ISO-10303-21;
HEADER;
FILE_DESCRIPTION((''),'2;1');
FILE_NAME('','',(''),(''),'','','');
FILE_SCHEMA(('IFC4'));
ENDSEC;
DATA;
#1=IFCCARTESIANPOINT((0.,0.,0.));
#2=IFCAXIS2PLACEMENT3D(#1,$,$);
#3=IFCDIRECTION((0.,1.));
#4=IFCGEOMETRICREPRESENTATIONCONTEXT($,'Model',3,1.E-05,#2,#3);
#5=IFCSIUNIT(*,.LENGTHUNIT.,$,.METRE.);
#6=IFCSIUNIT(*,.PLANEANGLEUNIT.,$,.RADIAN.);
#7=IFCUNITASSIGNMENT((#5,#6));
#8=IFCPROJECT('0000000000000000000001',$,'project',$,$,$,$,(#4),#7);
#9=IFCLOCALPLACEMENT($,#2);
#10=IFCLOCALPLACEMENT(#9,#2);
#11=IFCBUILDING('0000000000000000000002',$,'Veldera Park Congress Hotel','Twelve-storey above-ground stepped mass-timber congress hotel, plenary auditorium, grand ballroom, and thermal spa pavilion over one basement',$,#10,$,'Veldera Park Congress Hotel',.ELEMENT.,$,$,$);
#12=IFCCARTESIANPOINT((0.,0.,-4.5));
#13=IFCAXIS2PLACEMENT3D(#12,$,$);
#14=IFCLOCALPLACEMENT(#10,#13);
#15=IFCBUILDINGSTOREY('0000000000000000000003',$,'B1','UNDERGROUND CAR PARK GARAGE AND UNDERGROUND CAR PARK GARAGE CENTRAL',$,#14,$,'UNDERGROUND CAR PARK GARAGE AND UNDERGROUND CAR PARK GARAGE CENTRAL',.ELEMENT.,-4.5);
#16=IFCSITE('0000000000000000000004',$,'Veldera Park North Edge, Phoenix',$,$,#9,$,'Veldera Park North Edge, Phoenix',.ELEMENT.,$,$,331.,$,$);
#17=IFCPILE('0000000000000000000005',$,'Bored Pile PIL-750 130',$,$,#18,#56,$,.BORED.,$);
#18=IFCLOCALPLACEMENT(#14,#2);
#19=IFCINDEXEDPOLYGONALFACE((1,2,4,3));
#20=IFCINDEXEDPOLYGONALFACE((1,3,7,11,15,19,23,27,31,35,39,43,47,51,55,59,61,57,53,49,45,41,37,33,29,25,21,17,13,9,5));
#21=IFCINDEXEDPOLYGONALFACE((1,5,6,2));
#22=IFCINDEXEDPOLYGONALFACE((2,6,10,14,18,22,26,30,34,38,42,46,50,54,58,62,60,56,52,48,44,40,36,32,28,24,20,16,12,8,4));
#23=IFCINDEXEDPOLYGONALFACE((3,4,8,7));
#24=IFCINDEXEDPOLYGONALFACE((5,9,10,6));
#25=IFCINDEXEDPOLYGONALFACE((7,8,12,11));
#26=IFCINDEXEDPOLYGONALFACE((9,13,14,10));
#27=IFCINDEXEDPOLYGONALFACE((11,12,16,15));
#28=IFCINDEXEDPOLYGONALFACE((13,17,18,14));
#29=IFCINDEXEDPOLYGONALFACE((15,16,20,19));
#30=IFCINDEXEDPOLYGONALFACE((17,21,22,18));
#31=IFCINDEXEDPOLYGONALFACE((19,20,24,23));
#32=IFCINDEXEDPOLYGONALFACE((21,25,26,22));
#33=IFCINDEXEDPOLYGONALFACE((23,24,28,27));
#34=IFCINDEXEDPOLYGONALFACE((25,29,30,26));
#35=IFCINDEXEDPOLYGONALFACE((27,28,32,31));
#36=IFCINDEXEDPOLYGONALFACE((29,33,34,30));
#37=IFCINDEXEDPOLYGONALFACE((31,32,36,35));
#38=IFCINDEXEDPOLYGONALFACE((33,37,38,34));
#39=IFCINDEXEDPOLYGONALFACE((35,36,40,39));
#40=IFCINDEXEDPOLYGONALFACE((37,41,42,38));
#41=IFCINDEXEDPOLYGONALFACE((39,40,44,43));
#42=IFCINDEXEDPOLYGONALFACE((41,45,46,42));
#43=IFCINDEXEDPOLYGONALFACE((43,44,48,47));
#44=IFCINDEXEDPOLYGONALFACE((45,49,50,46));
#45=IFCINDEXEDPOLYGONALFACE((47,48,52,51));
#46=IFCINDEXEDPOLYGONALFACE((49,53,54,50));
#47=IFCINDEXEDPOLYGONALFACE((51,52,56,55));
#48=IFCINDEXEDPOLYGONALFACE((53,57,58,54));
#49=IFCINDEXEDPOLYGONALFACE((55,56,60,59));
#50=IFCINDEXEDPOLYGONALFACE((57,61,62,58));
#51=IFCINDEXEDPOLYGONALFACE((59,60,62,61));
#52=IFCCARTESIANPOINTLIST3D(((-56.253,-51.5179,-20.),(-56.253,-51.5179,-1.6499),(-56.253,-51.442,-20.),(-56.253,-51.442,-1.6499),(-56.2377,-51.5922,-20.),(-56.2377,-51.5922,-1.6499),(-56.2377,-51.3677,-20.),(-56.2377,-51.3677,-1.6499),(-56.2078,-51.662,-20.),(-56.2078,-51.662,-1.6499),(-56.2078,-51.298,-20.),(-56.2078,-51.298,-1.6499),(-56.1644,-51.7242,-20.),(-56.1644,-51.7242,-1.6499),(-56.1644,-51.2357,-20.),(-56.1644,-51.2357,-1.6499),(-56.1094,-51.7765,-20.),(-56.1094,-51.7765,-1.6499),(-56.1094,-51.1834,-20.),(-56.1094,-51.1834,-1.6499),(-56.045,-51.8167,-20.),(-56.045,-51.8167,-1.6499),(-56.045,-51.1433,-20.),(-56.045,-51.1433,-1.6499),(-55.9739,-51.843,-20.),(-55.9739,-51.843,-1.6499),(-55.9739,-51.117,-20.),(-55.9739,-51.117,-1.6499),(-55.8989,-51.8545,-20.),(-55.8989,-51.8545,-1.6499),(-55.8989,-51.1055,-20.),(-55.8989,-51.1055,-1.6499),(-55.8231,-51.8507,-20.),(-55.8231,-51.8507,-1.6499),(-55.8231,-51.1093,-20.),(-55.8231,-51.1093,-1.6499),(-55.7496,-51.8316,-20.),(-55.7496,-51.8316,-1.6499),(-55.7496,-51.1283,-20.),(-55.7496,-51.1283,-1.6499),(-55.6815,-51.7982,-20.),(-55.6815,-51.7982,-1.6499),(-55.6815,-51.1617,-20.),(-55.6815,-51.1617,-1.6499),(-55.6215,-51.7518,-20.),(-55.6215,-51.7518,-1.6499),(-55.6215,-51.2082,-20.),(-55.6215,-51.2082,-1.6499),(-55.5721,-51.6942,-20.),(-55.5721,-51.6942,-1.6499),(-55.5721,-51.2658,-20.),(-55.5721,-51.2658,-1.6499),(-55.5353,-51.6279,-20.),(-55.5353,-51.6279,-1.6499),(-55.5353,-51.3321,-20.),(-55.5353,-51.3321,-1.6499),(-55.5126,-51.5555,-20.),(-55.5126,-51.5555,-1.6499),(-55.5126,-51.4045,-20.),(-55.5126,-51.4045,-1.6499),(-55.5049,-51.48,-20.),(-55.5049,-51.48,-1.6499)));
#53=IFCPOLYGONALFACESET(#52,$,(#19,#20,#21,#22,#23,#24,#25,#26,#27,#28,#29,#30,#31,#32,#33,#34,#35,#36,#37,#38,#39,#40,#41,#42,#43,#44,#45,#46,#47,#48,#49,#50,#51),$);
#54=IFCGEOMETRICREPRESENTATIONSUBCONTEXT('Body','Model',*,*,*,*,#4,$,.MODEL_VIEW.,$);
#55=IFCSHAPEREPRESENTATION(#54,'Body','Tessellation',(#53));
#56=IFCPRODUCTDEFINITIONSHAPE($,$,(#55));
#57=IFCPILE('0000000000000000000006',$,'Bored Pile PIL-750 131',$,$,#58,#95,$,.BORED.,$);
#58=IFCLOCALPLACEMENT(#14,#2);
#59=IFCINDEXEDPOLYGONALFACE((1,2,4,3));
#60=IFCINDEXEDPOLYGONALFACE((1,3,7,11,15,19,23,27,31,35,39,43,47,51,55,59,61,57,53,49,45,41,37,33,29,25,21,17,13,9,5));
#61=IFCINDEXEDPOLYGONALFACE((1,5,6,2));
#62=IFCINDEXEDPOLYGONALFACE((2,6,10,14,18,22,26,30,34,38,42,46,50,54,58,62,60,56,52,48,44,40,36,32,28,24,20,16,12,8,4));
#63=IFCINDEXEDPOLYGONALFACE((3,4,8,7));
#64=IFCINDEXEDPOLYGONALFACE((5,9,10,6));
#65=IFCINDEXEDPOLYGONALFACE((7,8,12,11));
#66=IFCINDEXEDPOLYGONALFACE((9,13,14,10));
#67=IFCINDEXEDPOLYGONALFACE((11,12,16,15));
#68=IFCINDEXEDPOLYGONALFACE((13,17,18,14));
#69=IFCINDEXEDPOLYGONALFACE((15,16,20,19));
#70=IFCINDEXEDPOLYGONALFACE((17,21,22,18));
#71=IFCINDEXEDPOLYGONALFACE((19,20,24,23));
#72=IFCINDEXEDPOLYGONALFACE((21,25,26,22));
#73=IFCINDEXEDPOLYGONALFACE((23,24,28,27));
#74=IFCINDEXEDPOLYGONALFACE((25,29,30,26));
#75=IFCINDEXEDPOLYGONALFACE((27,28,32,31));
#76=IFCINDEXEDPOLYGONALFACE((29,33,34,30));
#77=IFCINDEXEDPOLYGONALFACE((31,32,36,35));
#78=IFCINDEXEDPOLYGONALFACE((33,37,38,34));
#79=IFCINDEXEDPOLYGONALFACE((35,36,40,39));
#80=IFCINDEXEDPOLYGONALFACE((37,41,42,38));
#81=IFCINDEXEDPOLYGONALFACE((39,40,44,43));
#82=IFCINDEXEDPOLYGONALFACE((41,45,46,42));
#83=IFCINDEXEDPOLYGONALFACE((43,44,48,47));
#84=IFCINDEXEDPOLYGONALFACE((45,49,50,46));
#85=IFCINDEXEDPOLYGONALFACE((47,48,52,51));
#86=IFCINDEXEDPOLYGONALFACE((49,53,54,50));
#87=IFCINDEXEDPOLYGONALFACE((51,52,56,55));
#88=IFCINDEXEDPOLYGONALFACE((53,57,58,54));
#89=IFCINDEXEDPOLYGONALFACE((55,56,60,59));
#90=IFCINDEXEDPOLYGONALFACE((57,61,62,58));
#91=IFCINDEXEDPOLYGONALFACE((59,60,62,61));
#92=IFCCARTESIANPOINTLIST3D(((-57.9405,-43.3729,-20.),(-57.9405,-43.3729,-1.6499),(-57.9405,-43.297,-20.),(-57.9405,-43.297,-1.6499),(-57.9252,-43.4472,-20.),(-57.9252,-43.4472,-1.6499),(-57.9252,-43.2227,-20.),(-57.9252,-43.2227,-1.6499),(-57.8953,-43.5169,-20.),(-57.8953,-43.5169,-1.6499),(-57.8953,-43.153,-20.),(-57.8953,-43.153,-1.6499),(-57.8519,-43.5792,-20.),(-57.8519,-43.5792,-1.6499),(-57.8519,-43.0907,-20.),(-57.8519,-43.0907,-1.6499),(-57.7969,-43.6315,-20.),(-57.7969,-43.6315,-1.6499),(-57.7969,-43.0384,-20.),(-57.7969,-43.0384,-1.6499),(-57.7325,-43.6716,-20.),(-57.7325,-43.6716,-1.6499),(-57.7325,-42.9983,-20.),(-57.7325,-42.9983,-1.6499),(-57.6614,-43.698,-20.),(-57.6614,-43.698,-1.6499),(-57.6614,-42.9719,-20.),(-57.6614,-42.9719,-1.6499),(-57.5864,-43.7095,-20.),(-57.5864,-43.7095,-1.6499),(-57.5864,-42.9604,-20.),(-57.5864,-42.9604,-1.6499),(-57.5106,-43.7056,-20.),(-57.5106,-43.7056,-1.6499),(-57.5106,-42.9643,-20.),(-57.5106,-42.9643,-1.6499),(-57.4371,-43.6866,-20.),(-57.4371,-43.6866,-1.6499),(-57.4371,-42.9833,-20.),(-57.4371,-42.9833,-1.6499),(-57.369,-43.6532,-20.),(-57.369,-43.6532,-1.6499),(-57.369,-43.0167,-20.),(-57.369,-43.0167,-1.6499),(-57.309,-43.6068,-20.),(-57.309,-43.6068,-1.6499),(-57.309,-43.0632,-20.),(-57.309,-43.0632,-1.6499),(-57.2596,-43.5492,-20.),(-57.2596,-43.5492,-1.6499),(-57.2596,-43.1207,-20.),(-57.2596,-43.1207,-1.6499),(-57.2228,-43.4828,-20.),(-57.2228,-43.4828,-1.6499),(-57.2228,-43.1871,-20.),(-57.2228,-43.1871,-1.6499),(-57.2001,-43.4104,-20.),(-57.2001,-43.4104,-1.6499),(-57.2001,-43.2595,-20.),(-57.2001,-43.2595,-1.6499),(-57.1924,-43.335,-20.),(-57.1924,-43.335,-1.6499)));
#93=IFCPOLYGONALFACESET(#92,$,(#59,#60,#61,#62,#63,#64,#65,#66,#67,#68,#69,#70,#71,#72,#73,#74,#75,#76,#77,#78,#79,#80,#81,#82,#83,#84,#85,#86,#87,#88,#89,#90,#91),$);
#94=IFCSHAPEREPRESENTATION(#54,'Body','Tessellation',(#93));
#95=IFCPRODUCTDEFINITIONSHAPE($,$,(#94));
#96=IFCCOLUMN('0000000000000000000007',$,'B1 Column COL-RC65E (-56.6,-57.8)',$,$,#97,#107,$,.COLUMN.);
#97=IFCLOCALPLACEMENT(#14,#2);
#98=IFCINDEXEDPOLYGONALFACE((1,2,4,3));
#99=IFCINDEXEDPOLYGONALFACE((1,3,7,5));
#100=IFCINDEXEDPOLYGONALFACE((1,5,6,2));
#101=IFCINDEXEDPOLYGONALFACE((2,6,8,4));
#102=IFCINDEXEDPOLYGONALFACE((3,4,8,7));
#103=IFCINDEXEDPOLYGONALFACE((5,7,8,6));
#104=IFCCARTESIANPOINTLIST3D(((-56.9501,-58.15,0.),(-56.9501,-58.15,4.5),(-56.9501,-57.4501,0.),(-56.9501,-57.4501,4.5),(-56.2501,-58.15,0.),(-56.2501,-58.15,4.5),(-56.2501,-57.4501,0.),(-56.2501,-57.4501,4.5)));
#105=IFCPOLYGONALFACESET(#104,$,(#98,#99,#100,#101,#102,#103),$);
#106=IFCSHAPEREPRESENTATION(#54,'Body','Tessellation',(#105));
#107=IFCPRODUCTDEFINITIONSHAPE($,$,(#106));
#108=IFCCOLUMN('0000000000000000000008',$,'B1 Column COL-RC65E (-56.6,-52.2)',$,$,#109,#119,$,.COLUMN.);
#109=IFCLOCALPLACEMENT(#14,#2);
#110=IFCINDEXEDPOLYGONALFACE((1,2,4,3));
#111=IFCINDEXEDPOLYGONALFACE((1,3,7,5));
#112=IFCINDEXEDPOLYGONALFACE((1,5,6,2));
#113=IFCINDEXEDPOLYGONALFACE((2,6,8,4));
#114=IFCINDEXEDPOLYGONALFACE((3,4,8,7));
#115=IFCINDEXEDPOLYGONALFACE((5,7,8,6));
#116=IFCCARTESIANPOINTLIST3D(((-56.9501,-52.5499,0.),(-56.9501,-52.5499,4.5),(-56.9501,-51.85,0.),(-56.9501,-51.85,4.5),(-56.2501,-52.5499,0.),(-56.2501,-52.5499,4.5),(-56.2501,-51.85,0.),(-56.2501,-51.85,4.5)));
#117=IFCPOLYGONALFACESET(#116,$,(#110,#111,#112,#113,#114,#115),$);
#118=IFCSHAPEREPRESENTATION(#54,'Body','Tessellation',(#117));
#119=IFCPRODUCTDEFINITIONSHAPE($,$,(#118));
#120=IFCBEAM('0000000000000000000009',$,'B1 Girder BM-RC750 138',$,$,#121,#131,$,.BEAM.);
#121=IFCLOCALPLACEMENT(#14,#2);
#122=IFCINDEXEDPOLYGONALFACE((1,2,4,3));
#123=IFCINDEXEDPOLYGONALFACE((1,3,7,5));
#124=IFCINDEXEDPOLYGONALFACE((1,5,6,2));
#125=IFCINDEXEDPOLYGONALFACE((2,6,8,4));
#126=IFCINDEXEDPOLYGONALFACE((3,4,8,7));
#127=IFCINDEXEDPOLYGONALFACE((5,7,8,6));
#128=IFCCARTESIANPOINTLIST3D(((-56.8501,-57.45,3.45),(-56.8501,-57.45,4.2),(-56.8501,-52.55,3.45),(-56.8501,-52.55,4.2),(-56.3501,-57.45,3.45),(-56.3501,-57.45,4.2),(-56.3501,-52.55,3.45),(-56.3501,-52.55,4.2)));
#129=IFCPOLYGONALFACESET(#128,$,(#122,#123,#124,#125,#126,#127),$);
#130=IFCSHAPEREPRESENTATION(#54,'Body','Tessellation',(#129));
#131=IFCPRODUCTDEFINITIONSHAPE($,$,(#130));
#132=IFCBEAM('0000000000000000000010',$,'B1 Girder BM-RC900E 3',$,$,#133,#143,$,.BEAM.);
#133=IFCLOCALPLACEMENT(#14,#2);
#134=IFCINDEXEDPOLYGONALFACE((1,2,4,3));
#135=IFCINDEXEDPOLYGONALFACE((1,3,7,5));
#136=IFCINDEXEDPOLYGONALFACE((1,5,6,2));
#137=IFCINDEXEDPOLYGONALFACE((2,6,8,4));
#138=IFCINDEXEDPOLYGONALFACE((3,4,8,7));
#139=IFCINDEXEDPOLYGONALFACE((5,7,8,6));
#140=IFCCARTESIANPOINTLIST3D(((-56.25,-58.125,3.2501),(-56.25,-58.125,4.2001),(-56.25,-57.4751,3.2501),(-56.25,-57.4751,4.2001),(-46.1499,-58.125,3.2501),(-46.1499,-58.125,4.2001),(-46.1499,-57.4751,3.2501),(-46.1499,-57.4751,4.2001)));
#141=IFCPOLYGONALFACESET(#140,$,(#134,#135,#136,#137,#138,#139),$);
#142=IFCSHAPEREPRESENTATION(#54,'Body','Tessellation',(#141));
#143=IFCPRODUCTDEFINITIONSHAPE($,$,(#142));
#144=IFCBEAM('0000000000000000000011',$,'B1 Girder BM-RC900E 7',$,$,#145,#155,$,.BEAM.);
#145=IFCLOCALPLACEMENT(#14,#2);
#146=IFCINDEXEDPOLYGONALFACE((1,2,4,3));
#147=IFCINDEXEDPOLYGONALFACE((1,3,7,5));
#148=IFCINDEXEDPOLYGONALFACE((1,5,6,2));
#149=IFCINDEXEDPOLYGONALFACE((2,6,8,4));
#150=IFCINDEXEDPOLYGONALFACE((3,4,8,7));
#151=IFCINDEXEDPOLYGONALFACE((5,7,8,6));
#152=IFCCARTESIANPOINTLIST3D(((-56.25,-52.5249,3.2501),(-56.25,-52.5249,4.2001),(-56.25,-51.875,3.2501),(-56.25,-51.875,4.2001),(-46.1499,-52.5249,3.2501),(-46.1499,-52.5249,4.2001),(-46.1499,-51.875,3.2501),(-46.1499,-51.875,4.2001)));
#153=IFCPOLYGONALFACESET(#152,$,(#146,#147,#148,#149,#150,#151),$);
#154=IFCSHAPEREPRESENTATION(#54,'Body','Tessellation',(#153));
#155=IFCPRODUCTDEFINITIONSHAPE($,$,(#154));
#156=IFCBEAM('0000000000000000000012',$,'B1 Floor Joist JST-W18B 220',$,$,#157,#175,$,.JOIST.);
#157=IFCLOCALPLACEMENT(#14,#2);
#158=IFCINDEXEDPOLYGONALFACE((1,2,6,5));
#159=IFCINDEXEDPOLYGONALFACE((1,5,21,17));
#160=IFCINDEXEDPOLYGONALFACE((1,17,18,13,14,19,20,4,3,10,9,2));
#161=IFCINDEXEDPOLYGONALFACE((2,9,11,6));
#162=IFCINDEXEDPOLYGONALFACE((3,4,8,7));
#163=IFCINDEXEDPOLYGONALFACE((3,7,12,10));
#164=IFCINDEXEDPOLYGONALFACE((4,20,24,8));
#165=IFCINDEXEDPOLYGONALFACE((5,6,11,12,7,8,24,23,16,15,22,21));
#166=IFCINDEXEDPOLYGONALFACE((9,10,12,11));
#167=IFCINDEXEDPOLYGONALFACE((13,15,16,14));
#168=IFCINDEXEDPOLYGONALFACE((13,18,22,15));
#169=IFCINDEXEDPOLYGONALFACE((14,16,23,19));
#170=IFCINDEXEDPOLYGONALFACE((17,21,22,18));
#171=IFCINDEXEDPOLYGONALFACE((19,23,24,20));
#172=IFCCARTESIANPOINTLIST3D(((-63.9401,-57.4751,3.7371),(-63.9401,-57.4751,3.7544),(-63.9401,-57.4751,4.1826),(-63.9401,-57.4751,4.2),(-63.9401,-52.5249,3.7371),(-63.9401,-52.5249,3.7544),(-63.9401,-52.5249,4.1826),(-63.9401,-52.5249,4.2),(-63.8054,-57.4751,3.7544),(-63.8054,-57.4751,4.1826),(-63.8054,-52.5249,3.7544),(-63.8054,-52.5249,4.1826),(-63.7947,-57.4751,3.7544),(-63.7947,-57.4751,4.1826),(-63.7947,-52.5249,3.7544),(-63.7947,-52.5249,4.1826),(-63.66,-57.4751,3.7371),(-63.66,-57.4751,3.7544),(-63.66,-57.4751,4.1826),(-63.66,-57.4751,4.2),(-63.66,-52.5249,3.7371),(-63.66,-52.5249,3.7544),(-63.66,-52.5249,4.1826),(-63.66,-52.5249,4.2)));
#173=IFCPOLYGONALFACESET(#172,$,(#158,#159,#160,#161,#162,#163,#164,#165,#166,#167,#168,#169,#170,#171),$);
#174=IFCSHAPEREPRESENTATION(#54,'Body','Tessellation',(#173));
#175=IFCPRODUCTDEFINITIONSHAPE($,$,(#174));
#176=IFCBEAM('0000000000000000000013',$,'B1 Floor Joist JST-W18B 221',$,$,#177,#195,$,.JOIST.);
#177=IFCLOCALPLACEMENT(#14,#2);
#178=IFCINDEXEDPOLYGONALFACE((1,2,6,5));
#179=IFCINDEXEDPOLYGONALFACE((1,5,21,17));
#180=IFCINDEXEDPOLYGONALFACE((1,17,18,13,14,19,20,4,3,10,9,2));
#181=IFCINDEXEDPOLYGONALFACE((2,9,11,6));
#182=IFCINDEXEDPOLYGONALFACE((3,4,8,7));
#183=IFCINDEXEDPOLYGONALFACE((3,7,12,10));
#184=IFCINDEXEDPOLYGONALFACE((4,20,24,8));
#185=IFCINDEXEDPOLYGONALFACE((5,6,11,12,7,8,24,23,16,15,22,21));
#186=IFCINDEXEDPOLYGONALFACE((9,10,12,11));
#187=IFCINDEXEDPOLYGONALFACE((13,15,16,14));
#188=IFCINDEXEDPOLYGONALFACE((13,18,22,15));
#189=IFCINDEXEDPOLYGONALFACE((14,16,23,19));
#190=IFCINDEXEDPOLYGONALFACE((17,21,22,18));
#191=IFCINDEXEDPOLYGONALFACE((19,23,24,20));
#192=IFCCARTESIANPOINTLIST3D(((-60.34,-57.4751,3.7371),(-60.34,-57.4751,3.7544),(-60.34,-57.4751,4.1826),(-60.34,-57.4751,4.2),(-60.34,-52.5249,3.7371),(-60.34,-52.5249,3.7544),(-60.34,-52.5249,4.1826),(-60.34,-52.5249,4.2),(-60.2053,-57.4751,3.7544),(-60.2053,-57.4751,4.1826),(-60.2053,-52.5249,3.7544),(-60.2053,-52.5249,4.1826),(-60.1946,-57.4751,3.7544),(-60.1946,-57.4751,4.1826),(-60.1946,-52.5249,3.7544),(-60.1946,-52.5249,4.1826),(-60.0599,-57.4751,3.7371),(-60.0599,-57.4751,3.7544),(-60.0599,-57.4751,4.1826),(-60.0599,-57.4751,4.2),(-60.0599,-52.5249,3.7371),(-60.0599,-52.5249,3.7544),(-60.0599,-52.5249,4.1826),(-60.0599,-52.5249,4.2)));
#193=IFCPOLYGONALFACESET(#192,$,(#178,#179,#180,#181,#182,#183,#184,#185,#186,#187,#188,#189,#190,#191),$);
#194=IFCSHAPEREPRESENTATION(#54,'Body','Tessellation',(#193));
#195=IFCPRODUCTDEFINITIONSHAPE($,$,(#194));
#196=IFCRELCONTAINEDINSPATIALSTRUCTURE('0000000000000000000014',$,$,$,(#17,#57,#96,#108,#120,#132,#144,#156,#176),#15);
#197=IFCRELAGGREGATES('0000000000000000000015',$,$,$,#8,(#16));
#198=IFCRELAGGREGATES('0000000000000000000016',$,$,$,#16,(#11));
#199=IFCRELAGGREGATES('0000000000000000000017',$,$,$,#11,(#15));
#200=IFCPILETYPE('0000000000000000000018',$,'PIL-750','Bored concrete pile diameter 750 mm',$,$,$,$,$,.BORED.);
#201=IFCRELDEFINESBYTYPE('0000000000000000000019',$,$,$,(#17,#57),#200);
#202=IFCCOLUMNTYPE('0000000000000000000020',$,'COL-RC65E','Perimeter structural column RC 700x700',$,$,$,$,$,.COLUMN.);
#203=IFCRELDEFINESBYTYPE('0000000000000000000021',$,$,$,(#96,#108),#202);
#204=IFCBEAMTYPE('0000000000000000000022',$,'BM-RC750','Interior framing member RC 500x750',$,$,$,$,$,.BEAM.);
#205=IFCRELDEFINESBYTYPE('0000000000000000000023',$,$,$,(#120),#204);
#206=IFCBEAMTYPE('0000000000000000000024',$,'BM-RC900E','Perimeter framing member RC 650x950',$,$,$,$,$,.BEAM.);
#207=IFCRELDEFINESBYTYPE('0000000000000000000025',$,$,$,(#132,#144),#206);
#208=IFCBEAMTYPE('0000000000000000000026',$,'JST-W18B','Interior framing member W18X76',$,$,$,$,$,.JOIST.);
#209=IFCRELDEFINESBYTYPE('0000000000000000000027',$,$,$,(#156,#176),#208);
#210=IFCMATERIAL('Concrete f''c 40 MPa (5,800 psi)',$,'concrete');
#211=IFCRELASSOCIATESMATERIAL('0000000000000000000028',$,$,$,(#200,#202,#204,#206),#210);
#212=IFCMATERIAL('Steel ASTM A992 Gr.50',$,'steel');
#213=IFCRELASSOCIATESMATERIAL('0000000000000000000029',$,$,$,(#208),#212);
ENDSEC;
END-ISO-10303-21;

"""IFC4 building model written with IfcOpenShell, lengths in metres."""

from ifc_helpers import new_model, si_unit, direction, frame, origin, origin_2d, place, context, subcontext, project, spatial, rectangle, circle, i_section, extrude, material, material_profile, profile_set, type_object, element, save


model = new_model("IFC4")

# Units and contexts
model_context = context("Model", 3, precision=1e-05, world=origin(), true_north=direction((0.0, 1.0)))
body_context = subcontext(model_context, "Body", "Model", "MODEL_VIEW")
ifc_project = project(units=[si_unit("LENGTHUNIT", "METRE"), si_unit("PLANEANGLEUNIT", "RADIAN")], contexts=[model_context])

# Site, building, storey
site_placement = place(None, origin())
site = spatial("IfcSite", under=ifc_project, at=site_placement, Name="Veldera Park North Edge, Phoenix", LongName="Veldera Park North Edge, Phoenix", CompositionType="ELEMENT", RefElevation=331.0)
building_placement = place(site_placement, origin())
building = spatial("IfcBuilding", under=site, at=building_placement, Name="Veldera Park Congress Hotel", Description="Twelve-storey above-ground stepped mass-timber congress hotel, plenary auditorium, grand ballroom, and thermal spa pavilion over one basement", LongName="Veldera Park Congress Hotel", CompositionType="ELEMENT")
storey_placement = place(building_placement, frame((0.0, 0.0, -4.5)))
storey = spatial("IfcBuildingStorey", under=building, at=storey_placement, Name="B1", Description="UNDERGROUND CAR PARK GARAGE AND UNDERGROUND CAR PARK GARAGE CENTRAL", LongName="UNDERGROUND CAR PARK GARAGE AND UNDERGROUND CAR PARK GARAGE CENTRAL", CompositionType="ELEMENT", Elevation=-4.5)

# Shared definitions
ifc_material_1 = material(Name="Concrete f'c 40 MPa (5,800 psi)", Category="concrete")

# Piles
ifc_material_profile_1 = material_profile(ifc_material_1, circle(Radius=0.375, at=origin_2d()), Name="PILE D750")
ifc_profile_set_1 = profile_set([ifc_material_profile_1], Name="Concrete f'c 40 MPa (5,800 psi)")
pile_type = type_object("IfcPileType", Name="PIL-750", Description="Bored concrete pile diameter 750 mm", PredefinedType="BORED", material=ifc_profile_set_1)
for number, where, z_axis, x_axis, name in (
    (1, (-55.8799, -51.48, -1.6499), (0.0, 0.0, -1.0), (1.0, 0.0, 0.0), "Bored Pile PIL-750 130"),
    (2, (-57.5674, -43.335, -1.6499), (0.0, 0.0, -1.0), (1.0, 0.0, 0.0), "Bored Pile PIL-750 131"),
):
    element("IfcPile", number, at=place(storey_placement, frame(where, z_axis=z_axis, x_axis=x_axis)), inside=storey, type_object=pile_type, Name=name, PredefinedType="BORED", context=body_context, shape_type="SweptSolid", body=[
        extrude(circle(Radius=0.375, at=origin_2d()), origin(), (0.0, 0.0, 1.0), 18.3501),
    ])

# Columns
ifc_material_profile_2 = material_profile(ifc_material_1, rectangle(XDim=0.7, YDim=0.7, at=origin_2d()), Name="RC 700x700")
ifc_profile_set_2 = profile_set([ifc_material_profile_2], Name="Concrete f'c 40 MPa (5,800 psi)")
column_type = type_object("IfcColumnType", Name="COL-RC65E", Description="Perimeter structural column RC 700x700", PredefinedType="COLUMN", material=ifc_profile_set_2)
for number, where, z_axis, x_axis, name in (
    (3, (-56.6001, -57.8, 0.0), (0.0, 0.0, 1.0), (1.0, 0.0, 0.0), "B1 Column COL-RC65E (-56.6,-57.8)"),
    (4, (-56.6001, -52.2, 0.0), (0.0, 0.0, 1.0), (1.0, 0.0, 0.0), "B1 Column COL-RC65E (-56.6,-52.2)"),
):
    element("IfcColumn", number, at=place(storey_placement, frame(where, z_axis=z_axis, x_axis=x_axis)), inside=storey, type_object=column_type, Name=name, PredefinedType="COLUMN", context=body_context, shape_type="SweptSolid", body=[
        extrude(rectangle(XDim=0.7, YDim=0.7, at=origin_2d()), origin(), (0.0, 0.0, 1.0), 4.5),
    ])

# Beams
ifc_material_profile_3 = material_profile(ifc_material_1, rectangle(XDim=0.5, YDim=0.75, at=origin_2d()), Name="RC 500x750")
ifc_profile_set_3 = profile_set([ifc_material_profile_3], Name="Concrete f'c 40 MPa (5,800 psi)")
beam_type_1 = type_object("IfcBeamType", Name="BM-RC750", Description="Interior framing member RC 500x750", PredefinedType="BEAM", material=ifc_profile_set_3)
beam_placement = place(storey_placement, frame((-56.6001, -57.45, 3.825), z_axis=(0.0, 1.0, 0.0), x_axis=(-1.0, 0.0, 0.0)))
element("IfcBeam", 5, at=beam_placement, inside=storey, type_object=beam_type_1, Name="B1 Girder BM-RC750 138", PredefinedType="BEAM", context=body_context, shape_type="SweptSolid", body=[
    extrude(rectangle(XDim=0.5, YDim=0.75, at=origin_2d()), origin(), (0.0, 0.0, 1.0), 4.8999),
])
ifc_material_profile_4 = material_profile(ifc_material_1, rectangle(XDim=0.6499, YDim=0.95, at=origin_2d()), Name="RC 650x950")
ifc_profile_set_4 = profile_set([ifc_material_profile_4], Name="Concrete f'c 40 MPa (5,800 psi)")
beam_type_2 = type_object("IfcBeamType", Name="BM-RC900E", Description="Perimeter framing member RC 650x950", PredefinedType="BEAM", material=ifc_profile_set_4)
for number, where, z_axis, x_axis, name in (
    (6, (-56.25, -57.8, 3.7251), (1.0, 0.0, 0.0), (0.0, 1.0, 0.0), "B1 Girder BM-RC900E 3"),
    (7, (-56.25, -52.2, 3.7251), (1.0, 0.0, 0.0), (0.0, 1.0, 0.0), "B1 Girder BM-RC900E 7"),
):
    element("IfcBeam", number, at=place(storey_placement, frame(where, z_axis=z_axis, x_axis=x_axis)), inside=storey, type_object=beam_type_2, Name=name, PredefinedType="BEAM", context=body_context, shape_type="SweptSolid", body=[
        extrude(rectangle(XDim=0.6499, YDim=0.95, at=origin_2d()), origin(), (0.0, 0.0, 1.0), 10.1001),
    ])
ifc_material_2 = material(Name="Steel ASTM A992 Gr.50", Category="steel")
ifc_material_profile_5 = material_profile(ifc_material_2, i_section(OverallWidth=0.28, OverallDepth=0.4629, WebThickness=0.0107, FlangeThickness=0.0173, at=origin_2d()), Name="W18X76")
ifc_profile_set_5 = profile_set([ifc_material_profile_5], Name="Steel ASTM A992 Gr.50")
beam_type_3 = type_object("IfcBeamType", Name="JST-W18B", Description="Interior framing member W18X76", PredefinedType="JOIST", material=ifc_profile_set_5)
for number, where, z_axis, x_axis, name in (
    (8, (-63.8, -57.4751, 3.9685), (0.0, 1.0, 0.0), (-1.0, 0.0, 0.0), "B1 Floor Joist JST-W18B 220"),
    (9, (-60.2, -57.4751, 3.9685), (0.0, 1.0, 0.0), (-1.0, 0.0, 0.0), "B1 Floor Joist JST-W18B 221"),
):
    element("IfcBeam", number, at=place(storey_placement, frame(where, z_axis=z_axis, x_axis=x_axis)), inside=storey, type_object=beam_type_3, Name=name, PredefinedType="JOIST", context=body_context, shape_type="SweptSolid", body=[
        extrude(i_section(OverallWidth=0.28, OverallDepth=0.4629, WebThickness=0.0107, FlangeThickness=0.0173, at=origin_2d()), origin(), (0.0, 0.0, 1.0), 4.9502),
    ])

save(model, "model.ifc")
